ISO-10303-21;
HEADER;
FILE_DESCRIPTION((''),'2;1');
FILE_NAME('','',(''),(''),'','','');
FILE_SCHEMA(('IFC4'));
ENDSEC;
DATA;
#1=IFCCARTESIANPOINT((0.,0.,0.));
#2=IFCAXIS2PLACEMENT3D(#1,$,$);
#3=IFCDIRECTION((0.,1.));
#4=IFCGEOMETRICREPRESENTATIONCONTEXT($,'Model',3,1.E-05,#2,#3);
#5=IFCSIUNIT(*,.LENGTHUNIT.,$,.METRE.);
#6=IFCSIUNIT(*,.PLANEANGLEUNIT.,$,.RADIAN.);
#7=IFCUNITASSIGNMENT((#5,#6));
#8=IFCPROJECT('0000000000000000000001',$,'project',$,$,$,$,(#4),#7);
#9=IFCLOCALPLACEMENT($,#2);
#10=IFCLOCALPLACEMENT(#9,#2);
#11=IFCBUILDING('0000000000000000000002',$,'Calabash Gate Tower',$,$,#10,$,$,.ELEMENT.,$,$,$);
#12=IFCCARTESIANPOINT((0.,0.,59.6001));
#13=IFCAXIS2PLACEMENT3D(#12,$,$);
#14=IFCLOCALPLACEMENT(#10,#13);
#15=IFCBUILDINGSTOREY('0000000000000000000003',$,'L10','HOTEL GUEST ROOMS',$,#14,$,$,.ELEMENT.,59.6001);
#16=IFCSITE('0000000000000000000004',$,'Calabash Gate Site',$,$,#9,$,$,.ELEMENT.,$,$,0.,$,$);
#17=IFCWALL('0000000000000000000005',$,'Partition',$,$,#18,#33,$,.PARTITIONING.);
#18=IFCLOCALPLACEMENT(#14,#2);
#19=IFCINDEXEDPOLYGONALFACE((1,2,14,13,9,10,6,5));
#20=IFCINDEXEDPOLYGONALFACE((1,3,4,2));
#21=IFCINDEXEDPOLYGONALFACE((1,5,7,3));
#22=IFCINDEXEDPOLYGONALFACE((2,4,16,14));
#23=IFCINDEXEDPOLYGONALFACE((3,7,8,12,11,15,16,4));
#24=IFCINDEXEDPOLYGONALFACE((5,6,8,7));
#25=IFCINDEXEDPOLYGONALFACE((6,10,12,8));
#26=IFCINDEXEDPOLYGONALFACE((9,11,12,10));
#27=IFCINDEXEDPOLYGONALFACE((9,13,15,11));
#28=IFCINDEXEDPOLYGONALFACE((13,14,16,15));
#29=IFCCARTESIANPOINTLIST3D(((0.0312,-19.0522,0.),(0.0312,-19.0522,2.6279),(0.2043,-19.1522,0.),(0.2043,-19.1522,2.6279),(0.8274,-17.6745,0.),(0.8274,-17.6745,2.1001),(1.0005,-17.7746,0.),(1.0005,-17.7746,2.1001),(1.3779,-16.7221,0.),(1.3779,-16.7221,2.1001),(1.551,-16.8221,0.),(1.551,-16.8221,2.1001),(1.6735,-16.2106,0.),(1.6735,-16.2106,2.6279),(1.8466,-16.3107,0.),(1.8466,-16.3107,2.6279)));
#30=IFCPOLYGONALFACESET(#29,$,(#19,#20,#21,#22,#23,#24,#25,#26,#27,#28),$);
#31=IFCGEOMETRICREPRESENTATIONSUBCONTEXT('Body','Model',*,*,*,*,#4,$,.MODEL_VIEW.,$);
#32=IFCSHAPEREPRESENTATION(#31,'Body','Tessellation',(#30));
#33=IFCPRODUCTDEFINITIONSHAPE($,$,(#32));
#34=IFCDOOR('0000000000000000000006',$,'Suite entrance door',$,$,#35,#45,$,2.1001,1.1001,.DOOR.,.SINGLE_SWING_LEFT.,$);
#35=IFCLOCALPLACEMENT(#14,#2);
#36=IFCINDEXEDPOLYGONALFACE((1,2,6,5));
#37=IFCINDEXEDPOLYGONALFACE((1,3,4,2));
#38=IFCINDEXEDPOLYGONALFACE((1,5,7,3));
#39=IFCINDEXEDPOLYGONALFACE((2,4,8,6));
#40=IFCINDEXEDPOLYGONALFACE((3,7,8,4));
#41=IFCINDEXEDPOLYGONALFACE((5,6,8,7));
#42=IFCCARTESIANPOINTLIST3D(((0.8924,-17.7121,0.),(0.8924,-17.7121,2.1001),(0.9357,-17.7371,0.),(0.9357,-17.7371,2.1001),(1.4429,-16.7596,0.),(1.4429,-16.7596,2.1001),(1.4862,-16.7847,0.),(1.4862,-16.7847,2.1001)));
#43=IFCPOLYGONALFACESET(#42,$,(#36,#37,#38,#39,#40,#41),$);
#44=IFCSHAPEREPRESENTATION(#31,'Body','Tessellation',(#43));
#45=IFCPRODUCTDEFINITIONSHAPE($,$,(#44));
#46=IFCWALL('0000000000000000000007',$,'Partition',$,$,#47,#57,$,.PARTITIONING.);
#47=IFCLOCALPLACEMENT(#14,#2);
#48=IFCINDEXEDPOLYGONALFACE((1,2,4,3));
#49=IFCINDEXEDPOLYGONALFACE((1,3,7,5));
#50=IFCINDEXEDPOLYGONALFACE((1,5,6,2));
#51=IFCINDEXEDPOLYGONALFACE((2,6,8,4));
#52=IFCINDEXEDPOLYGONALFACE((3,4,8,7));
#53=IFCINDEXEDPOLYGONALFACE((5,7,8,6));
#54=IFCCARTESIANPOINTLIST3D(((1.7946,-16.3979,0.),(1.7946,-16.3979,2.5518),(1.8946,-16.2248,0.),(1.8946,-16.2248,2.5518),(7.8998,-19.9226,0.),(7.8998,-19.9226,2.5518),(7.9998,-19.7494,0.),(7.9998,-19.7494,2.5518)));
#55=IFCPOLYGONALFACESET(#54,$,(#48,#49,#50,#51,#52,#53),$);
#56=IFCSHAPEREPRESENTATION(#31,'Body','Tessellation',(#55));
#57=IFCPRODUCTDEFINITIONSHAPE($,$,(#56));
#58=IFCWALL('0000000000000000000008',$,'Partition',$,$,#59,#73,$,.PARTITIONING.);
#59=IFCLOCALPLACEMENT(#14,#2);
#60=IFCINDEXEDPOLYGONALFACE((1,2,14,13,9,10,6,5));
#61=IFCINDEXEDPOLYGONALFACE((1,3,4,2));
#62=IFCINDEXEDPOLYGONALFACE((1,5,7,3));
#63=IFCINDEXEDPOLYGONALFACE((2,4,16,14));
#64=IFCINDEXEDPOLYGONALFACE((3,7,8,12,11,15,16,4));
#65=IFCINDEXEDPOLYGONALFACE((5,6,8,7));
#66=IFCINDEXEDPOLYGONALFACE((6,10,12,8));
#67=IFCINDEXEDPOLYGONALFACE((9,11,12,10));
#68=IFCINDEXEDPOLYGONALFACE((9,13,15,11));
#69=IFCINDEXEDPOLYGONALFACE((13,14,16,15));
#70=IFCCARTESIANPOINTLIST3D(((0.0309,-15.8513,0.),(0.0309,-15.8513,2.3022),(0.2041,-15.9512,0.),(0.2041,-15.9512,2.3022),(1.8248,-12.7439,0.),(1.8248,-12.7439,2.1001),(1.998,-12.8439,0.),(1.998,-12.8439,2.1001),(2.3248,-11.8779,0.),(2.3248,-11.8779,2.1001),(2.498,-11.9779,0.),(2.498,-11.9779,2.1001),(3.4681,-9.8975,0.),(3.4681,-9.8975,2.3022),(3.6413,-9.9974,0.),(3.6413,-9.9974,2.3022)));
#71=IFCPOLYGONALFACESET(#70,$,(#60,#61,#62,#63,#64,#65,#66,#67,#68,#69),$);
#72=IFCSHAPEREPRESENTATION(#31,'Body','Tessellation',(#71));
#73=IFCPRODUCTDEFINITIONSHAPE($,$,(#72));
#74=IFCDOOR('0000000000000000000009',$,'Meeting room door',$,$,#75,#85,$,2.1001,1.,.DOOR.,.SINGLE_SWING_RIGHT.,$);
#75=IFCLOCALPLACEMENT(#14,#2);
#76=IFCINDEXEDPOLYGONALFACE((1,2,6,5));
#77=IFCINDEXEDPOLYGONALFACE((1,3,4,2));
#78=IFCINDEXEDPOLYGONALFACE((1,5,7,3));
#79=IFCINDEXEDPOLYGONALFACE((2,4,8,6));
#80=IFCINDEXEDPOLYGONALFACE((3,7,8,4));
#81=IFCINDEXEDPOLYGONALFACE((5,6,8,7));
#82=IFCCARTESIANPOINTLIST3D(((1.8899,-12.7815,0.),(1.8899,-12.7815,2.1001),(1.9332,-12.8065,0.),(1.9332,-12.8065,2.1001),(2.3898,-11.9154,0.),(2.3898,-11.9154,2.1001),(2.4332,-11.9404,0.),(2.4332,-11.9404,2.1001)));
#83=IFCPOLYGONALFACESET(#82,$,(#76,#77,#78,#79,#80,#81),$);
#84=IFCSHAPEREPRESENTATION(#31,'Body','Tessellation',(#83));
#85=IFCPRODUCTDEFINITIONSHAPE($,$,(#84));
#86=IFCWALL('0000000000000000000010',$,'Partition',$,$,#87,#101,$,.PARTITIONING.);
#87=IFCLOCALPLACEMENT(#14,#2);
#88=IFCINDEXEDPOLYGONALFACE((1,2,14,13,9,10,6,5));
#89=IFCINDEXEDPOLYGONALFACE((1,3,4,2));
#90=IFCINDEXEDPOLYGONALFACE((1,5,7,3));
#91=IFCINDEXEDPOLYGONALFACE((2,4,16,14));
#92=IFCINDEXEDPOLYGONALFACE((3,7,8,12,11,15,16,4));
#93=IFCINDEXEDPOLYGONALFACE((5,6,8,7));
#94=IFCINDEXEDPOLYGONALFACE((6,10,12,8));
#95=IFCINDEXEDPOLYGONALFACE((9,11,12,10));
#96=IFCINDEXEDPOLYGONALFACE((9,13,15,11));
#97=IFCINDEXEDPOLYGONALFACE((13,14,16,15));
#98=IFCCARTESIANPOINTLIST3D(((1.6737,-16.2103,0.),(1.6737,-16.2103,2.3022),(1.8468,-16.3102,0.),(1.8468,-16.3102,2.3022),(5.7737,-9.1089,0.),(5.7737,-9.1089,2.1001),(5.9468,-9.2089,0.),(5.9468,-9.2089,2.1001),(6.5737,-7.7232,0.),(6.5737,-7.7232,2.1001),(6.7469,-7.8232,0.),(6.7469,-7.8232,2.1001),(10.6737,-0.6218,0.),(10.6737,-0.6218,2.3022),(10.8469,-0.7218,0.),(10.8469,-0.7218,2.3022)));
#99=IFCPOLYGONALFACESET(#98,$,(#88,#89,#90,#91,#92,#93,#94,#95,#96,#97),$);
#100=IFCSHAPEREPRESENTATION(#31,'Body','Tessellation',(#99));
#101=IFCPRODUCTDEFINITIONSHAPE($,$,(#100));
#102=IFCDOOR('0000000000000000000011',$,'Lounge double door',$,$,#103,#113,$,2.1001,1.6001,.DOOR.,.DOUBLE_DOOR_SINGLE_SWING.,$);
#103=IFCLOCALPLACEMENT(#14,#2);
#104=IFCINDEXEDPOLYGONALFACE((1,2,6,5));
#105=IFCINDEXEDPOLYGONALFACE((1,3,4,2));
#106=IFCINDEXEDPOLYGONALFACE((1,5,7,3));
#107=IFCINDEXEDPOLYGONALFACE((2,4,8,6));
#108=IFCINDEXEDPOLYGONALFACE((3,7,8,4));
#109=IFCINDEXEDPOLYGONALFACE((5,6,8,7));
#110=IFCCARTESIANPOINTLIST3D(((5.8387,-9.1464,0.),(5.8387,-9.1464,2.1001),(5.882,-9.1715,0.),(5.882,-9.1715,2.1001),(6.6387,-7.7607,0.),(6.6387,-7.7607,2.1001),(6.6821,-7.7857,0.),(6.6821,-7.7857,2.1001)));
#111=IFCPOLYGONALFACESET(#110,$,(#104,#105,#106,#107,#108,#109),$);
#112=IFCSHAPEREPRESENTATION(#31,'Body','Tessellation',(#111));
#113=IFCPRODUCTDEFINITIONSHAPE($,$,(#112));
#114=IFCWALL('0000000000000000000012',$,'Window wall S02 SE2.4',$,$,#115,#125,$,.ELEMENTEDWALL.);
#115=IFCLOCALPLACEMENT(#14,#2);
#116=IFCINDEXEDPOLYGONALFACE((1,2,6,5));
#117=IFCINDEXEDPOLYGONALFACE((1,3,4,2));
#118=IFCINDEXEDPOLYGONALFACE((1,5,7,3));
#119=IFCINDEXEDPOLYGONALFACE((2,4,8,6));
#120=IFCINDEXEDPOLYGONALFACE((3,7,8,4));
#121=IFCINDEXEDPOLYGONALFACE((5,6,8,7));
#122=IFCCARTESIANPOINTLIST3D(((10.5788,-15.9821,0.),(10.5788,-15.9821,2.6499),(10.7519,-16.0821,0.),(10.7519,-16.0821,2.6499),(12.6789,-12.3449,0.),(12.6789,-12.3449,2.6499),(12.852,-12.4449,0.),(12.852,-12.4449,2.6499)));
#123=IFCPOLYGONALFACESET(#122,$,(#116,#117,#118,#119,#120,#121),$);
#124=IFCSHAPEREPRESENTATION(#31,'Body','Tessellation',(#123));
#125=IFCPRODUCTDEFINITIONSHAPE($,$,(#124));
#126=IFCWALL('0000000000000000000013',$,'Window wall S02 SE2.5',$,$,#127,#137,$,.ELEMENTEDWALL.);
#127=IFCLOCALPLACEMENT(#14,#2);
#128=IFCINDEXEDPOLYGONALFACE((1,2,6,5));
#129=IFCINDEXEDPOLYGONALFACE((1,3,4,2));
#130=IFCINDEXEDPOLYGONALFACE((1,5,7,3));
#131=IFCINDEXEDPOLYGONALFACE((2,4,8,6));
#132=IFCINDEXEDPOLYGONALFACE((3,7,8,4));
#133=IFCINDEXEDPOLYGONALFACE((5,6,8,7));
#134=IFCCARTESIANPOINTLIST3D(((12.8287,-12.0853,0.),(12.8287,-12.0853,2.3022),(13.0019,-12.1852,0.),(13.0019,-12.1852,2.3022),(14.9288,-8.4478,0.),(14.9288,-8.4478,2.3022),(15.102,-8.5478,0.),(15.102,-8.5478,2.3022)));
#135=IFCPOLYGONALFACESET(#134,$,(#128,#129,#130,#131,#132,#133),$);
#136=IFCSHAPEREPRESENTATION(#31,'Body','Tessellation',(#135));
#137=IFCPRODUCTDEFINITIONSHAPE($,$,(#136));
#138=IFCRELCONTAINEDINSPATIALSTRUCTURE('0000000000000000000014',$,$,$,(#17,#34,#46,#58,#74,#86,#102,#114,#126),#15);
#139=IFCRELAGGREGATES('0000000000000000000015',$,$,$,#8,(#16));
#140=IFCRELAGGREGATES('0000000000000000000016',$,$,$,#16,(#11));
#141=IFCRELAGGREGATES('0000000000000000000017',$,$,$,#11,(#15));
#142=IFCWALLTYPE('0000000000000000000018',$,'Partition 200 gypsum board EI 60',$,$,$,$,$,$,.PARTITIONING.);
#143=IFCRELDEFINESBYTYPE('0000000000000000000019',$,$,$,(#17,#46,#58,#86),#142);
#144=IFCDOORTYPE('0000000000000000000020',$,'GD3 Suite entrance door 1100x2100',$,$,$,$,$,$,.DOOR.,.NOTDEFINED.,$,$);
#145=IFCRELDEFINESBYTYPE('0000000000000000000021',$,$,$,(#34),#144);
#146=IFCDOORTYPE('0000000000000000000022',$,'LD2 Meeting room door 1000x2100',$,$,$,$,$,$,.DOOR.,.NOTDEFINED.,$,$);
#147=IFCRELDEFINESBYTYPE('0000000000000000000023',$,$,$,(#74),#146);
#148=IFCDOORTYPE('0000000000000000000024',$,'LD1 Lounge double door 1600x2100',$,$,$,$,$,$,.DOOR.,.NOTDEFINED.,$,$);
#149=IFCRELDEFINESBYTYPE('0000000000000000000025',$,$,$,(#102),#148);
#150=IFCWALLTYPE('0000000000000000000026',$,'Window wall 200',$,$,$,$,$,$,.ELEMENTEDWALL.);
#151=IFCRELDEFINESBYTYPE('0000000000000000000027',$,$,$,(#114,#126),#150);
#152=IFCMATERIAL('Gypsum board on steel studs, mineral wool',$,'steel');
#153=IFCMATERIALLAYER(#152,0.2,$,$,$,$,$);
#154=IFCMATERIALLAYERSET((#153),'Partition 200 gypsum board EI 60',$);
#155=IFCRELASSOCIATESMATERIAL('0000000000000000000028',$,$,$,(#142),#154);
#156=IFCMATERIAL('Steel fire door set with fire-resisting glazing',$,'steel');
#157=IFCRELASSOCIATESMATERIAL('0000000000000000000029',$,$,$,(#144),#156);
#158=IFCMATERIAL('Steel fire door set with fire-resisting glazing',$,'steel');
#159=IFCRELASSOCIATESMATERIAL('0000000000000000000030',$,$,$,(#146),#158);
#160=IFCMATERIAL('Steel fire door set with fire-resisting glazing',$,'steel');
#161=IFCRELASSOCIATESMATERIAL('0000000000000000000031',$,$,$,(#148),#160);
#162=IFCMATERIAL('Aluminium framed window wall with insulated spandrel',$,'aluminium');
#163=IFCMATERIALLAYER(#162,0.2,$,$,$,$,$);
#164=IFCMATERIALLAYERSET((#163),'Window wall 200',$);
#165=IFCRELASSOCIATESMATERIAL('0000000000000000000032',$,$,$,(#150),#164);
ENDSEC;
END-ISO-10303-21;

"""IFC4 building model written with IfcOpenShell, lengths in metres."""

from ifc_helpers import new_model, si_unit, direction, frame, frame_2d, origin, place, context, subcontext, project, spatial, rectangle, extrude, material, layer, layer_set, type_object, element, fill, save


model = new_model("IFC4")

# Units and contexts
model_context = context("Model", 3, precision=1e-05, world=origin(), true_north=direction((0.0, 1.0)))
body_context = subcontext(model_context, "Body", "Model", "MODEL_VIEW")
ifc_project = project(units=[si_unit("LENGTHUNIT", "METRE"), si_unit("PLANEANGLEUNIT", "RADIAN")], contexts=[model_context])

# Site, building, storey
site_placement = place(None, origin())
site = spatial("IfcSite", under=ifc_project, at=site_placement, Name="Calabash Gate Site", CompositionType="ELEMENT", RefElevation=0.0)
building_placement = place(site_placement, origin())
building = spatial("IfcBuilding", under=site, at=building_placement, Name="Calabash Gate Tower", CompositionType="ELEMENT")
storey_placement = place(building_placement, frame((0.0, 0.0, 59.6001)))
storey = spatial("IfcBuildingStorey", under=building, at=storey_placement, Name="L10", Description="HOTEL GUEST ROOMS", CompositionType="ELEMENT", Elevation=59.6001)

# Wall, opening, door
ifc_material_1 = material(Name="Gypsum board on steel studs, mineral wool", Category="steel")
ifc_layer_1 = layer(ifc_material_1, 0.2)
ifc_layer_set_1 = layer_set([ifc_layer_1], Name="Partition 200 gypsum board EI 60")
wall_type_1 = type_object("IfcWallType", Name="Partition 200 gypsum board EI 60", PredefinedType="PARTITIONING", material=ifc_layer_set_1)
wall_1_placement = place(storey_placement, frame((0.1177, -19.1023, 0.0), z_axis=(0.0, 0.0, 1.0), x_axis=(0.500403, 0.865793, 0.0)))
wall_1 = element("IfcWall", 1, at=wall_1_placement, inside=storey, type_object=wall_type_1, Name="Partition", PredefinedType="PARTITIONING", context=body_context, shape_type="SweptSolid", body=[
    extrude(rectangle(XDim=3.282, YDim=0.2, at=frame_2d((1.6411, 0.0))), origin(), (0.0, 0.0, 1.0), 2.6279),
])
opening_1_placement = place(wall_1_placement, frame((1.5913, 0.0, 0.0)))
opening_1 = element("IfcOpeningElement", 2, at=opening_1_placement, cuts=wall_1, PredefinedType="OPENING", context=body_context, shape_type="SweptSolid", body=[
    extrude(rectangle(XDim=1.1001, YDim=2.1001, at=frame_2d((0.55, 1.05))), frame((0.0, 0.1099, 0.0), z_axis=(0.0, -1.0, 0.0), x_axis=(1.0, 0.0, 0.0)), (0.0, 0.0, 1.0), 0.22),
])
ifc_material_2 = material(Name="Steel fire door set with fire-resisting glazing", Category="steel")
door_type_1 = type_object("IfcDoorType", Name="GD3 Suite entrance door 1100x2100", OperationType="NOTDEFINED", PredefinedType="DOOR", material=ifc_material_2)
door_1_placement = place(opening_1_placement, origin())
door_1 = element("IfcDoor", 3, at=door_1_placement, inside=storey, type_object=door_type_1, Name="Suite entrance door", OperationType="SINGLE_SWING_LEFT", OverallHeight=2.1001, OverallWidth=1.1001, PredefinedType="DOOR", context=body_context, shape_type="SweptSolid", body=[
    extrude(rectangle(XDim=1.1001, YDim=2.1001, at=frame_2d((0.55, 1.05))), frame((0.0, 0.0249, 0.0), z_axis=(0.0, -1.0, 0.0), x_axis=(1.0, 0.0, 0.0)), (0.0, 0.0, 1.0), 0.05),
])
fill(opening_1, door_1)

# Wall
wall_2_placement = place(storey_placement, frame((1.8445, -16.3113, 0.0), z_axis=(0.0, 0.0, 1.0), x_axis=(0.866037, -0.499979, 0.0)))
element("IfcWall", 4, at=wall_2_placement, inside=storey, type_object=wall_type_1, Name="Partition", PredefinedType="PARTITIONING", context=body_context, shape_type="SweptSolid", body=[
    extrude(rectangle(XDim=7.0496, YDim=0.2, at=frame_2d((3.5249, 0.0))), origin(), (0.0, 0.0, 1.0), 2.5518),
])

# Walls, openings, doors
wall_3_placement = place(storey_placement, frame((0.1174, -15.9014, 0.0), z_axis=(0.0, 0.0, 1.0), x_axis=(0.499978, 0.866038, 0.0)))
wall_3 = element("IfcWall", 5, at=wall_3_placement, inside=storey, type_object=wall_type_1, Name="Partition", PredefinedType="PARTITIONING", context=body_context, shape_type="SweptSolid", body=[
    extrude(rectangle(XDim=6.8748, YDim=0.2, at=frame_2d((3.4375, 0.0))), origin(), (0.0, 0.0, 1.0), 2.3022),
])
opening_2_placement = place(wall_3_placement, frame((3.5881, 0.0, 0.0)))
opening_2 = element("IfcOpeningElement", 6, at=opening_2_placement, cuts=wall_3, PredefinedType="OPENING", context=body_context, shape_type="SweptSolid", body=[
    extrude(rectangle(XDim=1.0, YDim=2.1001, at=frame_2d((0.5, 1.05))), frame((0.0, 0.1099, 0.0), z_axis=(0.0, -1.0, 0.0), x_axis=(1.0, 0.0, 0.0)), (0.0, 0.0, 1.0), 0.22),
])
ifc_material_3 = material(Name="Steel fire door set with fire-resisting glazing", Category="steel")
door_type_2 = type_object("IfcDoorType", Name="LD2 Meeting room door 1000x2100", OperationType="NOTDEFINED", PredefinedType="DOOR", material=ifc_material_3)
door_2_placement = place(opening_2_placement, origin())
door_2 = element("IfcDoor", 7, at=door_2_placement, inside=storey, type_object=door_type_2, Name="Meeting room door", OperationType="SINGLE_SWING_RIGHT", OverallHeight=2.1001, OverallWidth=1.0, PredefinedType="DOOR", context=body_context, shape_type="SweptSolid", body=[
    extrude(rectangle(XDim=1.0, YDim=2.1001, at=frame_2d((0.5, 1.05))), frame((0.0, 0.0249, 0.0), z_axis=(0.0, -1.0, 0.0), x_axis=(1.0, 0.0, 0.0)), (0.0, 0.0, 1.0), 0.05),
])
fill(opening_2, door_2)
wall_4_placement = place(storey_placement, frame((1.7603, -16.2603, 0.0), z_axis=(0.0, 0.0, 1.0), x_axis=(0.500002, 0.866024, 0.0)))
wall_4 = element("IfcWall", 8, at=wall_4_placement, inside=storey, type_object=wall_type_1, Name="Partition", PredefinedType="PARTITIONING", context=body_context, shape_type="SweptSolid", body=[
    extrude(rectangle(XDim=18.0, YDim=0.2, at=frame_2d((9.0, 0.0))), origin(), (0.0, 0.0, 1.0), 2.3022),
])
opening_3_placement = place(wall_4_placement, frame((8.2, 0.0, 0.0)))
opening_3 = element("IfcOpeningElement", 9, at=opening_3_placement, cuts=wall_4, PredefinedType="OPENING", context=body_context, shape_type="SweptSolid", body=[
    extrude(rectangle(XDim=1.6001, YDim=2.1001, at=frame_2d((0.8, 1.05))), frame((0.0, 0.1099, 0.0), z_axis=(0.0, -1.0, 0.0), x_axis=(1.0, 0.0, 0.0)), (0.0, 0.0, 1.0), 0.22),
])
ifc_material_4 = material(Name="Steel fire door set with fire-resisting glazing", Category="steel")
door_type_3 = type_object("IfcDoorType", Name="LD1 Lounge double door 1600x2100", OperationType="NOTDEFINED", PredefinedType="DOOR", material=ifc_material_4)
door_3_placement = place(opening_3_placement, origin())
door_3 = element("IfcDoor", 10, at=door_3_placement, inside=storey, type_object=door_type_3, Name="Lounge double door", OperationType="DOUBLE_DOOR_SINGLE_SWING", OverallHeight=2.1001, OverallWidth=1.6001, PredefinedType="DOOR", context=body_context, shape_type="SweptSolid", body=[
    extrude(rectangle(XDim=1.6001, YDim=2.1001, at=frame_2d((0.8, 1.05))), frame((0.0, 0.0249, 0.0), z_axis=(0.0, -1.0, 0.0), x_axis=(1.0, 0.0, 0.0)), (0.0, 0.0, 1.0), 0.05),
])
fill(opening_3, door_3)

# Walls
ifc_material_5 = material(Name="Aluminium framed window wall with insulated spandrel", Category="aluminium")
ifc_layer_2 = layer(ifc_material_5, 0.2)
ifc_layer_set_2 = layer_set([ifc_layer_2], Name="Window wall 200")
wall_type_2 = type_object("IfcWallType", Name="Window wall 200", PredefinedType="ELEMENTEDWALL", material=ifc_layer_set_2)
wall_5_placement = place(storey_placement, frame((10.6653, -16.0322, 0.0), z_axis=(0.0, 0.0, 1.0), x_axis=(0.500028, 0.866009, 0.0)))
element("IfcWall", 11, at=wall_5_placement, inside=storey, type_object=wall_type_2, Name="Window wall S02 SE2.4", PredefinedType="ELEMENTEDWALL", context=body_context, shape_type="SweptSolid", body=[
    extrude(rectangle(XDim=4.2, YDim=0.2, at=frame_2d((2.1001, 0.0))), origin(), (0.0, 0.0, 1.0), 2.6499),
])
wall_6_placement = place(storey_placement, frame((12.9153, -12.1353, 0.0), z_axis=(0.0, 0.0, 1.0), x_axis=(0.500003, 0.866024, 0.0)))
element("IfcWall", 12, at=wall_6_placement, inside=storey, type_object=wall_type_2, Name="Window wall S02 SE2.5", PredefinedType="ELEMENTEDWALL", context=body_context, shape_type="SweptSolid", body=[
    extrude(rectangle(XDim=4.2002, YDim=0.2, at=frame_2d((2.1001, 0.0))), origin(), (0.0, 0.0, 1.0), 2.3022),
])

save(model, "model.ifc")
